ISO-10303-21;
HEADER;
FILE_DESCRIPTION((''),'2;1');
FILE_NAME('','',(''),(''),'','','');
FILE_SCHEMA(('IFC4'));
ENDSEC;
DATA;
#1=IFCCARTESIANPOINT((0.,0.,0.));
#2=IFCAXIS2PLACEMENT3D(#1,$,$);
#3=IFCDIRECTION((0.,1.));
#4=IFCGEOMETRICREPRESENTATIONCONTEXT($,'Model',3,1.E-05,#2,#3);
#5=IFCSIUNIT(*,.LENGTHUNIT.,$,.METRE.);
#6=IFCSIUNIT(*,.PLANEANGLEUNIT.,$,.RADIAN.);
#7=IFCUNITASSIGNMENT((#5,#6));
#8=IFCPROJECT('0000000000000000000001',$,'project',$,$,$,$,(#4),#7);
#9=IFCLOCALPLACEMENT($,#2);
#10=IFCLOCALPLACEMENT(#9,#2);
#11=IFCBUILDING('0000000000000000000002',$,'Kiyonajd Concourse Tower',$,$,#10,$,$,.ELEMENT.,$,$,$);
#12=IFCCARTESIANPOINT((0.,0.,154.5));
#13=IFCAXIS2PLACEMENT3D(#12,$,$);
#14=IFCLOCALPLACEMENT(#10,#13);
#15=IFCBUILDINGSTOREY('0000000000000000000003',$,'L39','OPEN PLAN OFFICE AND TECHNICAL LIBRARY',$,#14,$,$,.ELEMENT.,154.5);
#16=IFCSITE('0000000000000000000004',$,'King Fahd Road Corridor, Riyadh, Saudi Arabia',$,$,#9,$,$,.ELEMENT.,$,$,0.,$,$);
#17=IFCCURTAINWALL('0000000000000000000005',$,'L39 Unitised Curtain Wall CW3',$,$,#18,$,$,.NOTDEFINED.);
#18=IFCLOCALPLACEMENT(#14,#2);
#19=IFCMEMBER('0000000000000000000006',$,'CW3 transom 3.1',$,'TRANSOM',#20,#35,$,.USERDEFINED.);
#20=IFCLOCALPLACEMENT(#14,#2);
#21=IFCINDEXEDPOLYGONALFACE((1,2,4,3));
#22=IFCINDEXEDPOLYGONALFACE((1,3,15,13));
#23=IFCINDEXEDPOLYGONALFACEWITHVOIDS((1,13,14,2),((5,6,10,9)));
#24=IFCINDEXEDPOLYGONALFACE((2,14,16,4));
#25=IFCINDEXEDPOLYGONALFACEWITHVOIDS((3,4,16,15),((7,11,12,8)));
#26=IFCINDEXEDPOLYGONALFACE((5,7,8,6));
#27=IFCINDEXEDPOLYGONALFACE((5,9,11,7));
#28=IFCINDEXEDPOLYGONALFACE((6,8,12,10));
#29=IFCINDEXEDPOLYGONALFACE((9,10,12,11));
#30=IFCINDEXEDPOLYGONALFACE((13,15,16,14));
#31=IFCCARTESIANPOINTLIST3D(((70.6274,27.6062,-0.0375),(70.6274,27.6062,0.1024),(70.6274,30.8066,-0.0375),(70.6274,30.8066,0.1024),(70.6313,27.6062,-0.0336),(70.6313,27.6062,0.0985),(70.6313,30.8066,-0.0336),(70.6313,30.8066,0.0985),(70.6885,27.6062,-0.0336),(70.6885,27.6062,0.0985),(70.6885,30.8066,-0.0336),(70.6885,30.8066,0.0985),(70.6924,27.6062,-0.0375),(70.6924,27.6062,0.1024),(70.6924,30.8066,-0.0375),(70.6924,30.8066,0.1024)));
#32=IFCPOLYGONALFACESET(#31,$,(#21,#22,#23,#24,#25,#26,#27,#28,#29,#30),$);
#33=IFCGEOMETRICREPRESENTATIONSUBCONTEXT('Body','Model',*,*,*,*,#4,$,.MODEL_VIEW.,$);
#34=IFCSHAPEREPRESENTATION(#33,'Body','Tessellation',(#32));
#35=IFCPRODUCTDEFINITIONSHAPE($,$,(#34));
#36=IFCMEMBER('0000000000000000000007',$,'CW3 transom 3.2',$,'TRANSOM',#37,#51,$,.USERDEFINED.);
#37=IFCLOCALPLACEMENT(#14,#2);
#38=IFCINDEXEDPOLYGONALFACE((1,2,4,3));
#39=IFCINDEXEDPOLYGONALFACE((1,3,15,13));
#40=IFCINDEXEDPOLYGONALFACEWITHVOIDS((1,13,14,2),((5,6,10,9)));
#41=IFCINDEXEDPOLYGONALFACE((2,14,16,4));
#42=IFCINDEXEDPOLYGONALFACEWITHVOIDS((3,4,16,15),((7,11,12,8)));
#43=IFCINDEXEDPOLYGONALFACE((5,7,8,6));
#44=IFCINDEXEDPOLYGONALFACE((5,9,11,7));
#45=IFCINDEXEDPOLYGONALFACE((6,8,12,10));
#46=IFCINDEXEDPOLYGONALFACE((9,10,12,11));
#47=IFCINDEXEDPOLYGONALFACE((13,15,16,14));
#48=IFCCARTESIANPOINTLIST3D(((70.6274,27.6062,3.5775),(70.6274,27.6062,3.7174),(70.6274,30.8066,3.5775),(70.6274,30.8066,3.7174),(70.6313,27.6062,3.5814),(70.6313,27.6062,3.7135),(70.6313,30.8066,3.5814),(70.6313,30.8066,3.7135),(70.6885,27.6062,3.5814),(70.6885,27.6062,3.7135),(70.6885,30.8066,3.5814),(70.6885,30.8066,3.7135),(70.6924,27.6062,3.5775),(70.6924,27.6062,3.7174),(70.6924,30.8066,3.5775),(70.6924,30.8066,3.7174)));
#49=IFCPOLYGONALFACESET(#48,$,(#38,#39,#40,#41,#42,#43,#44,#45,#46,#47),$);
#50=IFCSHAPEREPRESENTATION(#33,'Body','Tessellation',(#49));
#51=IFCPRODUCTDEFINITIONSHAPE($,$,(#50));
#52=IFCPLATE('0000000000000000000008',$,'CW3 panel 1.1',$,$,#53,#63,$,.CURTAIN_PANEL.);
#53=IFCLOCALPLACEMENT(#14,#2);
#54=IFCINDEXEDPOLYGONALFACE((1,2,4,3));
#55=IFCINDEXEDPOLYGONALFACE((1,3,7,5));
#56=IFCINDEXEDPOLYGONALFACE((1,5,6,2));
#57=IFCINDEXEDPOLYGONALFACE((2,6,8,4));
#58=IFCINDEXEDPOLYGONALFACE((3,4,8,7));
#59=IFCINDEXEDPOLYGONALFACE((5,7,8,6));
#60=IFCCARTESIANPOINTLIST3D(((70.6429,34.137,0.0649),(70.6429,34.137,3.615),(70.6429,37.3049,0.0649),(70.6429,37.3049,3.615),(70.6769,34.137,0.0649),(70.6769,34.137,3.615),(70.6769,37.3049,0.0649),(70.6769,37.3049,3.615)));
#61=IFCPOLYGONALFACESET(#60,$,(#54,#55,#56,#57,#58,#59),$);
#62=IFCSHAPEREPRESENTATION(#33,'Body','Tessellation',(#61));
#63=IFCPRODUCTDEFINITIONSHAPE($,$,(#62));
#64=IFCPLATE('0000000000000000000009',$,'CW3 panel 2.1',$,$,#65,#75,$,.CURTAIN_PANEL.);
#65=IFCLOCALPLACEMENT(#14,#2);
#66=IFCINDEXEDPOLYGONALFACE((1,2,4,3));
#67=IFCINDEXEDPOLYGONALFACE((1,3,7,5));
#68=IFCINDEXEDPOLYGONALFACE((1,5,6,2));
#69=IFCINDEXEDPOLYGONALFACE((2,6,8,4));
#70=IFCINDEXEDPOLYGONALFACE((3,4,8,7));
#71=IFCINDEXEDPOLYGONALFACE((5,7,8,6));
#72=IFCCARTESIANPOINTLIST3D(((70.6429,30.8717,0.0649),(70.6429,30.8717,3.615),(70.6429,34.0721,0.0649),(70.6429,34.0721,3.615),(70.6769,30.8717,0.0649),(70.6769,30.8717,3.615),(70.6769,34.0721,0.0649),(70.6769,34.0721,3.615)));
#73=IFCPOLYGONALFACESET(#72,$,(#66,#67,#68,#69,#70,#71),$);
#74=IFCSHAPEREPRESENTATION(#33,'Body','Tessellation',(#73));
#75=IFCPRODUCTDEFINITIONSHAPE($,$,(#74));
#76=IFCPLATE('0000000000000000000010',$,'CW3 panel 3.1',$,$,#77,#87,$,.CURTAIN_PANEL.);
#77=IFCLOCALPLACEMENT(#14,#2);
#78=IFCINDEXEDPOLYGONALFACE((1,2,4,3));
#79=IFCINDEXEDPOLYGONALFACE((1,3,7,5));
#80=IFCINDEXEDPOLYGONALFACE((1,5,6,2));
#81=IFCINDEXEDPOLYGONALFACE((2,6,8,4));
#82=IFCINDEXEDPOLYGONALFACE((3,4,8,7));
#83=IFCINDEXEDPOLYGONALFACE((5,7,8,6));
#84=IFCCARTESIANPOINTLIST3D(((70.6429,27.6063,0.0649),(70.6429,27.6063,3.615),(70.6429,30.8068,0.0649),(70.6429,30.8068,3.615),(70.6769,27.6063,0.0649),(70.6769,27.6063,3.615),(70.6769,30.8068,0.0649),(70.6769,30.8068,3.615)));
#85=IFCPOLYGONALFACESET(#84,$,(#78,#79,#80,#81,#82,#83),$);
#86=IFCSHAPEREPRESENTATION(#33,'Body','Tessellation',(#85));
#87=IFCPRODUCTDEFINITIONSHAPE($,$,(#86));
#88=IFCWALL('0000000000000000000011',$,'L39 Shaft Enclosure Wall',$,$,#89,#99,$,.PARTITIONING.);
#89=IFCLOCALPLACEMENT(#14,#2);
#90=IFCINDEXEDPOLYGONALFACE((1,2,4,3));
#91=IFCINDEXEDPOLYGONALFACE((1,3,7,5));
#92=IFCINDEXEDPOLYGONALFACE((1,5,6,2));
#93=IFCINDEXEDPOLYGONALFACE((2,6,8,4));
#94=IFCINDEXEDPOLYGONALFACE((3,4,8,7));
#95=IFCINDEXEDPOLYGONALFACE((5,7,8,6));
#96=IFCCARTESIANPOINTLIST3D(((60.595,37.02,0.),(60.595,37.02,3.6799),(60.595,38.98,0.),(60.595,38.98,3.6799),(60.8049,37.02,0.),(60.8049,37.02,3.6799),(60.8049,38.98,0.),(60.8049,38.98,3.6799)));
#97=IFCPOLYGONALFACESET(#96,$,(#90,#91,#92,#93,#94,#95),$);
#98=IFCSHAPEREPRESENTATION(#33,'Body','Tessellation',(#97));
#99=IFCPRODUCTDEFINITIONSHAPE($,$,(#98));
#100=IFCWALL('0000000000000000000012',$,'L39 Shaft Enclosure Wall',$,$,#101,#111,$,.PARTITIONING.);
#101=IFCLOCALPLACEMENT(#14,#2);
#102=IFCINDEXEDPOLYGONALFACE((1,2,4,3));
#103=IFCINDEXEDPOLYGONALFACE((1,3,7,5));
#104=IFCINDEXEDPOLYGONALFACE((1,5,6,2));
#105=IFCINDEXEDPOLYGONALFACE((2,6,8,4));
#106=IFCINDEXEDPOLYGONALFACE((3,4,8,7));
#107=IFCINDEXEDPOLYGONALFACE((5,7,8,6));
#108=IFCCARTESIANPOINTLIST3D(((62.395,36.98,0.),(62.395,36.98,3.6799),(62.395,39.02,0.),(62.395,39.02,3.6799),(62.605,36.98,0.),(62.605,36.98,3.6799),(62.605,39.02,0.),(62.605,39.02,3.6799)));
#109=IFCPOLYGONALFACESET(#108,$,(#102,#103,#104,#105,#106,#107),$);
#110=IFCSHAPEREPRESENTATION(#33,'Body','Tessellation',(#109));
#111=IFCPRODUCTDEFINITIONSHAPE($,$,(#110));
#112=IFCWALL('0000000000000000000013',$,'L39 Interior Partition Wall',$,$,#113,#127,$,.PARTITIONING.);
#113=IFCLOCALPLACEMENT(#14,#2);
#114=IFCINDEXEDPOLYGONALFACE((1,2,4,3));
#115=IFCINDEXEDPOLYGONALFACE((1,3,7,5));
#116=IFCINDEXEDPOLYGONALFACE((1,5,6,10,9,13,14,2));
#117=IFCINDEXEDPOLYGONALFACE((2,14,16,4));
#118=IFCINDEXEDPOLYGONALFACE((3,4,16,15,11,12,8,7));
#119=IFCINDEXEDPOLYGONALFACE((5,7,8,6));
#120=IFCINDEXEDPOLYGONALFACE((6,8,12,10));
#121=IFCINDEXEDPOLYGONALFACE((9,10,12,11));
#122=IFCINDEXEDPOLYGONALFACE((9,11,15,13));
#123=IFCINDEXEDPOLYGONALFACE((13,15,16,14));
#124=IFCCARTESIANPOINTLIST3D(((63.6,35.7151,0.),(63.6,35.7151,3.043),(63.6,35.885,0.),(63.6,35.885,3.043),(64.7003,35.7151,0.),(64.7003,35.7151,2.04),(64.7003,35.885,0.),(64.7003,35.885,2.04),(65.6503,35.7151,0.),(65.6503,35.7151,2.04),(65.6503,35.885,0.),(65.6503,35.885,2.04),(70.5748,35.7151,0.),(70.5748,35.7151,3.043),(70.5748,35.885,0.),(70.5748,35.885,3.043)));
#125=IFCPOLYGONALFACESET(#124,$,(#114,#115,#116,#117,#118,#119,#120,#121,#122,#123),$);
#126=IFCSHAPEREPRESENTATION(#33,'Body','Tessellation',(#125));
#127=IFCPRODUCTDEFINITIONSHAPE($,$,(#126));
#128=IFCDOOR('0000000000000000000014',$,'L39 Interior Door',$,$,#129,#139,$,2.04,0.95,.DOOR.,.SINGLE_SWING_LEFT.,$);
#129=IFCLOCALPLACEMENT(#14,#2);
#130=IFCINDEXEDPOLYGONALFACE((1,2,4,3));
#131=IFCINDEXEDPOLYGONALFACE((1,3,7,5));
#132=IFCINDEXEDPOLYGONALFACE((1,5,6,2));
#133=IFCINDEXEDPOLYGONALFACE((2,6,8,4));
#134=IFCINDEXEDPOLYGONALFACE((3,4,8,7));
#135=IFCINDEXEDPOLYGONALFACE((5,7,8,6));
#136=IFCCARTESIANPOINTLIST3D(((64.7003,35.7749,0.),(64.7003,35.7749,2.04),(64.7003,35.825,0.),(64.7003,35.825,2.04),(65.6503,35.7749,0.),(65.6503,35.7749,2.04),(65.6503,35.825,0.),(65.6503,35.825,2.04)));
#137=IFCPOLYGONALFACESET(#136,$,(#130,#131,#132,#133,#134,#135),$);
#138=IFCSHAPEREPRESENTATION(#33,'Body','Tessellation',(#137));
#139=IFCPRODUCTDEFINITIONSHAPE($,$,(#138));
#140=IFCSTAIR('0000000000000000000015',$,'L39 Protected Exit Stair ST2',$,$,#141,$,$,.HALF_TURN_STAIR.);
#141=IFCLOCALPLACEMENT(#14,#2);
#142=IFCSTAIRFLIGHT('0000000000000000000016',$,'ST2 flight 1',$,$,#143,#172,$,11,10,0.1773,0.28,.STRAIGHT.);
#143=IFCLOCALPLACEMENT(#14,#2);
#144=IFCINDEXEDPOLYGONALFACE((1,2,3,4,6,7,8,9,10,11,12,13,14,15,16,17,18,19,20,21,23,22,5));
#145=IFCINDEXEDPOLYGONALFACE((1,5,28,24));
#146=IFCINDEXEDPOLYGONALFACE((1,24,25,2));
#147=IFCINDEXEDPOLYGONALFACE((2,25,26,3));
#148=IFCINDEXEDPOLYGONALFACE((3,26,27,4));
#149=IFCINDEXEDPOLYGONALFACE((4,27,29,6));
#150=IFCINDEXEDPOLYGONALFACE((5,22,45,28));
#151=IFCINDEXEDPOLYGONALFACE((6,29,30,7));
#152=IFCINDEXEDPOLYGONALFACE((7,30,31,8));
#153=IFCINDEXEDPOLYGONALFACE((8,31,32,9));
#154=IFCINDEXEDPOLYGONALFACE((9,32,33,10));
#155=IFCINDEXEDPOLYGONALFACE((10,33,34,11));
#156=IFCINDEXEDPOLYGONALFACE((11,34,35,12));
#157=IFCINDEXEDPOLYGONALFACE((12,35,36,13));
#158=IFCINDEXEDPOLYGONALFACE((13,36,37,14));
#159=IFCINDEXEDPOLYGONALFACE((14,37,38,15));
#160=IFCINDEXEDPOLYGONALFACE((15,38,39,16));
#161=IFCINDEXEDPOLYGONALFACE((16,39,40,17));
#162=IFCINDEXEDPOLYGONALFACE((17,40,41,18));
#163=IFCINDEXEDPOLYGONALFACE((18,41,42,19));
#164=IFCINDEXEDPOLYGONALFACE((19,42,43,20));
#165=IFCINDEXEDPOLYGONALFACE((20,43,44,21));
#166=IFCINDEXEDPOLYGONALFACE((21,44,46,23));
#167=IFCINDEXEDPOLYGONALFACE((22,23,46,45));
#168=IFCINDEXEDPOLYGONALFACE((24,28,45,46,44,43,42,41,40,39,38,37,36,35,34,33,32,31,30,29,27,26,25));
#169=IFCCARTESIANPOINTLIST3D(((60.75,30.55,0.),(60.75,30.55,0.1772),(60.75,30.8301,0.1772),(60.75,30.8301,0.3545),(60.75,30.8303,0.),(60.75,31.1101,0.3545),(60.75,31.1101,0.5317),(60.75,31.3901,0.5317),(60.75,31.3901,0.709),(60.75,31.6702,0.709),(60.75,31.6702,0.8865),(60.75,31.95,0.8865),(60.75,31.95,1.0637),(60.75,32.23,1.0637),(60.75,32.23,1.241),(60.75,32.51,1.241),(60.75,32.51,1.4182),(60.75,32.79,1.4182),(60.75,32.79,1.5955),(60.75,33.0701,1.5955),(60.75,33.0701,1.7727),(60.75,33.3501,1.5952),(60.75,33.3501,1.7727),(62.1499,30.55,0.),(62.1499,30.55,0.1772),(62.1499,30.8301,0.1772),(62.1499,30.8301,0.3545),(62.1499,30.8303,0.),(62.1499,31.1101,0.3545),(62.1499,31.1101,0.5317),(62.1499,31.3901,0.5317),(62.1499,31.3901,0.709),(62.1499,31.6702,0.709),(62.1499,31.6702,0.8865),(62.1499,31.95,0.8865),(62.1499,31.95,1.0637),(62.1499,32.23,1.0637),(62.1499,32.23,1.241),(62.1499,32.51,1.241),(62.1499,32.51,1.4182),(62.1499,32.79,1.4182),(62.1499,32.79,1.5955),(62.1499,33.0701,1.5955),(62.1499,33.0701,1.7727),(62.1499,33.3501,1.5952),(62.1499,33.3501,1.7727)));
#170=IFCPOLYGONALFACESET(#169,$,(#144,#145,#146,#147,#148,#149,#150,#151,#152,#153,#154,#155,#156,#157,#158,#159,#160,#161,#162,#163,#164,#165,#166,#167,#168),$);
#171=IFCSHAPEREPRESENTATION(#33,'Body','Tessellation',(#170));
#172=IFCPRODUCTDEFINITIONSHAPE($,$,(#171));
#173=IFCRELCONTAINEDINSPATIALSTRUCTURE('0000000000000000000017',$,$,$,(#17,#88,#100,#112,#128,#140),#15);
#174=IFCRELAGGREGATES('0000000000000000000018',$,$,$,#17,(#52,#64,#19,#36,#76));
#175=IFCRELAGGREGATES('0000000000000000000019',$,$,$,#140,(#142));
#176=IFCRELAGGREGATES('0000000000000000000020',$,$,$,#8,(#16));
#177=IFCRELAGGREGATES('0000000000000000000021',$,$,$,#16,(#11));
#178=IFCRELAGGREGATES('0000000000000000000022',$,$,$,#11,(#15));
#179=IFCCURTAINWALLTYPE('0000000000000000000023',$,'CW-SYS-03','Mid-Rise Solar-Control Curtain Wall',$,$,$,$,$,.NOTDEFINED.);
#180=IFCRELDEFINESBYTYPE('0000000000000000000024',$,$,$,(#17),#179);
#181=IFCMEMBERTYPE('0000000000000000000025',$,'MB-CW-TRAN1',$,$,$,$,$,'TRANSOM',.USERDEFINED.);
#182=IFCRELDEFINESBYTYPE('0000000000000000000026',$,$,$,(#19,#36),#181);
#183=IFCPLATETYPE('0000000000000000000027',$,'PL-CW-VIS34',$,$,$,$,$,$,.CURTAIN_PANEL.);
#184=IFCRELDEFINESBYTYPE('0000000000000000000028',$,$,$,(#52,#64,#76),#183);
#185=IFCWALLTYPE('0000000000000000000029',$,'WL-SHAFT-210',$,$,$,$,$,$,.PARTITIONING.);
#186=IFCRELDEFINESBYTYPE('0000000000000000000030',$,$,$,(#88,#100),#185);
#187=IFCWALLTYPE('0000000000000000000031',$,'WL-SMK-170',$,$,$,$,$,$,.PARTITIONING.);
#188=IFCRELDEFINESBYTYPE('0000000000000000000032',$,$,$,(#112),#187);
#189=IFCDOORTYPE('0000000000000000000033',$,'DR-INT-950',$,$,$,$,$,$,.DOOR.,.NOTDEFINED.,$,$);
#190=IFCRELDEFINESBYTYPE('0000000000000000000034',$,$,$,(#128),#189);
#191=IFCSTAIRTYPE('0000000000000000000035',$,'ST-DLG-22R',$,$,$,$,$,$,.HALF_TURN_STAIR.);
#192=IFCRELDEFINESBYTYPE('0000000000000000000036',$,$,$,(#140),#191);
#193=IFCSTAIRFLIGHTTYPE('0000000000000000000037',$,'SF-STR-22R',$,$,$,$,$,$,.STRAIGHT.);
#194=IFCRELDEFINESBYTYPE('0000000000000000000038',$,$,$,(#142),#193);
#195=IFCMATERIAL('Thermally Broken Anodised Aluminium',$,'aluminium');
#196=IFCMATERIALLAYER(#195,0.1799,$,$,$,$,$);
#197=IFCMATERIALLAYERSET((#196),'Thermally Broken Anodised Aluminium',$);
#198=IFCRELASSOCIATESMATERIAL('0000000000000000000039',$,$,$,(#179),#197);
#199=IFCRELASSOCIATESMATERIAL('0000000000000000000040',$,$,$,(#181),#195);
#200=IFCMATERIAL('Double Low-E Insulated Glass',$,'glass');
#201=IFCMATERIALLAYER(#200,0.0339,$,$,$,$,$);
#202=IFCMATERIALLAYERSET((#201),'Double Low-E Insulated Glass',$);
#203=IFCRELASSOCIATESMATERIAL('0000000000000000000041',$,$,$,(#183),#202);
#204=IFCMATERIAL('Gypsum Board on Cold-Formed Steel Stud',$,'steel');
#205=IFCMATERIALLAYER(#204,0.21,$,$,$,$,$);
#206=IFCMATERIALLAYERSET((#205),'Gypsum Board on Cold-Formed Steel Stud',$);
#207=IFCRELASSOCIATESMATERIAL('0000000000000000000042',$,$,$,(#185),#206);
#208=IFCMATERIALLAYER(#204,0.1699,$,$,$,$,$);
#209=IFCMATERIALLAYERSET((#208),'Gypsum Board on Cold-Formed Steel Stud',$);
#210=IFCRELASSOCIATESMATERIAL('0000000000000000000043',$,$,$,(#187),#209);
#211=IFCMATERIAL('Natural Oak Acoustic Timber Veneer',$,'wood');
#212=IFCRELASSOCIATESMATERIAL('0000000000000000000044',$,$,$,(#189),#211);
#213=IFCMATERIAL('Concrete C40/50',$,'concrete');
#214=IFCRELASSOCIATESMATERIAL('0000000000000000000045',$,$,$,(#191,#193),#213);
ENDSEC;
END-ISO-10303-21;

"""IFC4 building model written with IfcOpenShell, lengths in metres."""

from ifc_helpers import new_model, si_unit, direction, frame, frame_2d, origin, origin_2d, place, context, subcontext, project, spatial, polyline, rectangle, hollow_rectangle, outline, extrude, material, layer, layer_set, material_profile, profile_set, type_object, element, fill, aggregate, save


model = new_model("IFC4")

# Units and contexts
model_context = context("Model", 3, precision=1e-05, world=origin(), true_north=direction((0.0, 1.0)))
body_context = subcontext(model_context, "Body", "Model", "MODEL_VIEW")
ifc_project = project(units=[si_unit("LENGTHUNIT", "METRE"), si_unit("PLANEANGLEUNIT", "RADIAN")], contexts=[model_context])

# Site, building, storey
site_placement = place(None, origin())
site = spatial("IfcSite", under=ifc_project, at=site_placement, Name="King Fahd Road Corridor, Riyadh, Saudi Arabia", CompositionType="ELEMENT", RefElevation=0.0)
building_placement = place(site_placement, origin())
building = spatial("IfcBuilding", under=site, at=building_placement, Name="Kiyonajd Concourse Tower", CompositionType="ELEMENT")
storey_placement = place(building_placement, frame((0.0, 0.0, 154.5)))
storey = spatial("IfcBuildingStorey", under=building, at=storey_placement, Name="L39", Description="OPEN PLAN OFFICE AND TECHNICAL LIBRARY", CompositionType="ELEMENT", Elevation=154.5)

# Curtain wall, members, plates
ifc_material_1 = material(Name="Thermally Broken Anodised Aluminium", Category="aluminium")
ifc_layer_1 = layer(ifc_material_1, 0.1799)
ifc_layer_set_1 = layer_set([ifc_layer_1], Name="Thermally Broken Anodised Aluminium")
curtain_wall_type = type_object("IfcCurtainWallType", Name="CW-SYS-03", Description="Mid-Rise Solar-Control Curtain Wall", PredefinedType="NOTDEFINED", material=ifc_layer_set_1)
curtain_wall_placement = place(storey_placement, origin())
curtain_wall = element("IfcCurtainWall", 1, at=curtain_wall_placement, inside=storey, type_object=curtain_wall_type, Name="L39 Unitised Curtain Wall CW3", PredefinedType="NOTDEFINED")
ifc_material_profile_1 = material_profile(ifc_material_1, hollow_rectangle(XDim=0.0649, YDim=0.1399, WallThickness=0.0039, at=origin_2d()), Name="TRAN-65x140")
ifc_profile_set_1 = profile_set([ifc_material_profile_1], Name="Thermally Broken Anodised Aluminium")
member_type_1 = type_object("IfcMemberType", Name="MB-CW-TRAN1", ElementType="TRANSOM", PredefinedType="USERDEFINED", material=ifc_profile_set_1)
member_1_placement = place(storey_placement, frame((70.6599, 30.8066, 0.0325), z_axis=(0.0, -1.0, 0.0), x_axis=(1.0, 0.0, 0.0)))
member_1 = element("IfcMember", 2, at=member_1_placement, type_object=member_type_1, Name="CW3 transom 3.1", ObjectType="TRANSOM", PredefinedType="USERDEFINED", context=body_context, shape_type="SweptSolid", body=[
    extrude(hollow_rectangle(XDim=0.0649, YDim=0.1399, WallThickness=0.0039, at=origin_2d()), origin(), (0.0, 0.0, 1.0), 3.2004),
])
member_2_placement = place(storey_placement, frame((70.6599, 30.8066, 3.6475), z_axis=(0.0, -1.0, 0.0), x_axis=(1.0, 0.0, 0.0)))
member_2 = element("IfcMember", 3, at=member_2_placement, type_object=member_type_1, Name="CW3 transom 3.2", ObjectType="TRANSOM", PredefinedType="USERDEFINED", context=body_context, shape_type="SweptSolid", body=[
    extrude(hollow_rectangle(XDim=0.0649, YDim=0.1399, WallThickness=0.0039, at=origin_2d()), origin(), (0.0, 0.0, 1.0), 3.2004),
])
ifc_material_2 = material(Name="Double Low-E Insulated Glass", Category="glass")
ifc_layer_2 = layer(ifc_material_2, 0.0339)
ifc_layer_set_2 = layer_set([ifc_layer_2], Name="Double Low-E Insulated Glass")
plate_type = type_object("IfcPlateType", Name="PL-CW-VIS34", PredefinedType="CURTAIN_PANEL", material=ifc_layer_set_2)
plate_1_placement = place(storey_placement, frame((70.6599, 35.7209, 0.0649), z_axis=(0.0, 0.0, 1.0), x_axis=(0.0, -1.0, 0.0)))
plate_1 = element("IfcPlate", 4, at=plate_1_placement, type_object=plate_type, Name="CW3 panel 1.1", PredefinedType="CURTAIN_PANEL", context=body_context, shape_type="SweptSolid", body=[
    extrude(rectangle(XDim=3.168, YDim=0.0339, at=origin_2d()), origin(), (0.0, 0.0, 1.0), 3.55),
])
plate_2_placement = place(storey_placement, frame((70.6599, 32.4719, 0.0649), z_axis=(0.0, 0.0, 1.0), x_axis=(0.0, -1.0, 0.0)))
plate_2 = element("IfcPlate", 5, at=plate_2_placement, type_object=plate_type, Name="CW3 panel 2.1", PredefinedType="CURTAIN_PANEL", context=body_context, shape_type="SweptSolid", body=[
    extrude(rectangle(XDim=3.2004, YDim=0.0339, at=origin_2d()), origin(), (0.0, 0.0, 1.0), 3.55),
])
plate_3_placement = place(storey_placement, frame((70.6599, 29.2065, 0.0649), z_axis=(0.0, 0.0, 1.0), x_axis=(0.0, -1.0, 0.0)))
plate_3 = element("IfcPlate", 6, at=plate_3_placement, type_object=plate_type, Name="CW3 panel 3.1", PredefinedType="CURTAIN_PANEL", context=body_context, shape_type="SweptSolid", body=[
    extrude(rectangle(XDim=3.2004, YDim=0.0339, at=origin_2d()), origin(), (0.0, 0.0, 1.0), 3.55),
])
aggregate(curtain_wall, [plate_1, plate_2, member_1, member_2, plate_3])

# Walls
ifc_material_3 = material(Name="Gypsum Board on Cold-Formed Steel Stud", Category="steel")
ifc_layer_3 = layer(ifc_material_3, 0.21)
ifc_layer_set_3 = layer_set([ifc_layer_3], Name="Gypsum Board on Cold-Formed Steel Stud")
wall_type_1 = type_object("IfcWallType", Name="WL-SHAFT-210", PredefinedType="PARTITIONING", material=ifc_layer_set_3)
wall_1_placement = place(storey_placement, frame((60.7, 37.02, 0.0), z_axis=(0.0, 0.0, 1.0), x_axis=(0.0, 1.0, 0.0)))
element("IfcWall", 7, at=wall_1_placement, inside=storey, type_object=wall_type_1, Name="L39 Shaft Enclosure Wall", PredefinedType="PARTITIONING", context=body_context, shape_type="SweptSolid", body=[
    extrude(rectangle(XDim=1.96, YDim=0.21, at=frame_2d((0.98, 0.0))), origin(), (0.0, 0.0, 1.0), 3.6799),
])
wall_2_placement = place(storey_placement, frame((62.5, 36.98, 0.0), z_axis=(0.0, 0.0, 1.0), x_axis=(0.0, 1.0, 0.0)))
element("IfcWall", 8, at=wall_2_placement, inside=storey, type_object=wall_type_1, Name="L39 Shaft Enclosure Wall", PredefinedType="PARTITIONING", context=body_context, shape_type="SweptSolid", body=[
    extrude(rectangle(XDim=2.04, YDim=0.21, at=frame_2d((1.02, 0.0))), origin(), (0.0, 0.0, 1.0), 3.6799),
])

# Wall, opening, door
ifc_layer_4 = layer(ifc_material_3, 0.1699)
ifc_layer_set_4 = layer_set([ifc_layer_4], Name="Gypsum Board on Cold-Formed Steel Stud")
wall_type_2 = type_object("IfcWallType", Name="WL-SMK-170", PredefinedType="PARTITIONING", material=ifc_layer_set_4)
wall_3_placement = place(storey_placement, frame((63.6001, 35.8, 0.0), z_axis=(0.0, 0.0, 1.0), x_axis=(1.0, 0.0, 0.0)))
wall_3 = element("IfcWall", 9, at=wall_3_placement, inside=storey, type_object=wall_type_2, Name="L39 Interior Partition Wall", PredefinedType="PARTITIONING", context=body_context, shape_type="SweptSolid", body=[
    extrude(rectangle(XDim=6.9749, YDim=0.1699, at=frame_2d((3.4873, 0.0))), origin(), (0.0, 0.0, 1.0), 3.043),
])
opening_placement = place(wall_3_placement, frame((1.1001, 0.0, 0.0)))
opening = element("IfcOpeningElement", 10, at=opening_placement, cuts=wall_3, PredefinedType="OPENING", context=body_context, shape_type="SweptSolid", body=[
    extrude(rectangle(XDim=0.95, YDim=2.04, at=frame_2d((0.4751, 1.02))), frame((0.0, 0.095, 0.0), z_axis=(0.0, -1.0, 0.0), x_axis=(1.0, 0.0, 0.0)), (0.0, 0.0, 1.0), 0.1899),
])
ifc_material_4 = material(Name="Natural Oak Acoustic Timber Veneer", Category="wood")
door_type = type_object("IfcDoorType", Name="DR-INT-950", OperationType="NOTDEFINED", PredefinedType="DOOR", material=ifc_material_4)
door_placement = place(opening_placement, origin())
door = element("IfcDoor", 11, at=door_placement, inside=storey, type_object=door_type, Name="L39 Interior Door", OperationType="SINGLE_SWING_LEFT", OverallHeight=2.04, OverallWidth=0.95, PredefinedType="DOOR", context=body_context, shape_type="SweptSolid", body=[
    extrude(rectangle(XDim=0.95, YDim=2.04, at=frame_2d((0.4751, 1.02))), frame((0.0, 0.0249, 0.0), z_axis=(0.0, -1.0, 0.0), x_axis=(1.0, 0.0, 0.0)), (0.0, 0.0, 1.0), 0.05),
])
fill(opening, door)

# Stair, stair flight
ifc_material_5 = material(Name="Concrete C40/50", Category="concrete")
stair_type = type_object("IfcStairType", Name="ST-DLG-22R", PredefinedType="HALF_TURN_STAIR", material=ifc_material_5)
stair_placement = place(storey_placement, origin())
stair = element("IfcStair", 12, at=stair_placement, inside=storey, type_object=stair_type, Name="L39 Protected Exit Stair ST2", PredefinedType="HALF_TURN_STAIR")
stair_flight_type = type_object("IfcStairFlightType", Name="SF-STR-22R", PredefinedType="STRAIGHT", material=ifc_material_5)
stair_flight_1_placement = place(storey_placement, frame((61.45, 30.55, 0.0), z_axis=(0.0, 0.0, 1.0), x_axis=(0.0, 1.0, 0.0)))
stair_flight_1 = element("IfcStairFlight", 13, at=stair_flight_1_placement, type_object=stair_flight_type, Name="ST2 flight 1", NumberOfRisers=11, NumberOfTreads=10, PredefinedType="STRAIGHT", RiserHeight=0.1773, TreadLength=0.28, context=body_context, shape_type="SweptSolid", body=[
    extrude(outline(polyline([(0.0, 0.0), (0.0, 0.1772), (0.28, 0.1772), (0.28, 0.3545), (0.5601, 0.3545), (0.5601, 0.5317), (0.8401, 0.5317), (0.8401, 0.709), (1.1201, 0.709), (1.1201, 0.8865), (1.3999, 0.8865), (1.3999, 1.0637), (1.6799, 1.0637), (1.6799, 1.241), (1.96, 1.241), (1.96, 1.4182), (2.24, 1.4182), (2.24, 1.5955), (2.52, 1.5955), (2.52, 1.7727), (2.8, 1.7727), (2.8, 1.95), (2.8, 1.5952), (0.2803, 0.0), (0.0, 0.0)])), frame((0.0, 0.7, 0.0), z_axis=(0.0, -1.0, 0.0), x_axis=(1.0, 0.0, 0.0)), (0.0, 0.0, 1.0), 1.3999),
])
aggregate(stair, [stair_flight_1])

save(model, "model.ifc")
